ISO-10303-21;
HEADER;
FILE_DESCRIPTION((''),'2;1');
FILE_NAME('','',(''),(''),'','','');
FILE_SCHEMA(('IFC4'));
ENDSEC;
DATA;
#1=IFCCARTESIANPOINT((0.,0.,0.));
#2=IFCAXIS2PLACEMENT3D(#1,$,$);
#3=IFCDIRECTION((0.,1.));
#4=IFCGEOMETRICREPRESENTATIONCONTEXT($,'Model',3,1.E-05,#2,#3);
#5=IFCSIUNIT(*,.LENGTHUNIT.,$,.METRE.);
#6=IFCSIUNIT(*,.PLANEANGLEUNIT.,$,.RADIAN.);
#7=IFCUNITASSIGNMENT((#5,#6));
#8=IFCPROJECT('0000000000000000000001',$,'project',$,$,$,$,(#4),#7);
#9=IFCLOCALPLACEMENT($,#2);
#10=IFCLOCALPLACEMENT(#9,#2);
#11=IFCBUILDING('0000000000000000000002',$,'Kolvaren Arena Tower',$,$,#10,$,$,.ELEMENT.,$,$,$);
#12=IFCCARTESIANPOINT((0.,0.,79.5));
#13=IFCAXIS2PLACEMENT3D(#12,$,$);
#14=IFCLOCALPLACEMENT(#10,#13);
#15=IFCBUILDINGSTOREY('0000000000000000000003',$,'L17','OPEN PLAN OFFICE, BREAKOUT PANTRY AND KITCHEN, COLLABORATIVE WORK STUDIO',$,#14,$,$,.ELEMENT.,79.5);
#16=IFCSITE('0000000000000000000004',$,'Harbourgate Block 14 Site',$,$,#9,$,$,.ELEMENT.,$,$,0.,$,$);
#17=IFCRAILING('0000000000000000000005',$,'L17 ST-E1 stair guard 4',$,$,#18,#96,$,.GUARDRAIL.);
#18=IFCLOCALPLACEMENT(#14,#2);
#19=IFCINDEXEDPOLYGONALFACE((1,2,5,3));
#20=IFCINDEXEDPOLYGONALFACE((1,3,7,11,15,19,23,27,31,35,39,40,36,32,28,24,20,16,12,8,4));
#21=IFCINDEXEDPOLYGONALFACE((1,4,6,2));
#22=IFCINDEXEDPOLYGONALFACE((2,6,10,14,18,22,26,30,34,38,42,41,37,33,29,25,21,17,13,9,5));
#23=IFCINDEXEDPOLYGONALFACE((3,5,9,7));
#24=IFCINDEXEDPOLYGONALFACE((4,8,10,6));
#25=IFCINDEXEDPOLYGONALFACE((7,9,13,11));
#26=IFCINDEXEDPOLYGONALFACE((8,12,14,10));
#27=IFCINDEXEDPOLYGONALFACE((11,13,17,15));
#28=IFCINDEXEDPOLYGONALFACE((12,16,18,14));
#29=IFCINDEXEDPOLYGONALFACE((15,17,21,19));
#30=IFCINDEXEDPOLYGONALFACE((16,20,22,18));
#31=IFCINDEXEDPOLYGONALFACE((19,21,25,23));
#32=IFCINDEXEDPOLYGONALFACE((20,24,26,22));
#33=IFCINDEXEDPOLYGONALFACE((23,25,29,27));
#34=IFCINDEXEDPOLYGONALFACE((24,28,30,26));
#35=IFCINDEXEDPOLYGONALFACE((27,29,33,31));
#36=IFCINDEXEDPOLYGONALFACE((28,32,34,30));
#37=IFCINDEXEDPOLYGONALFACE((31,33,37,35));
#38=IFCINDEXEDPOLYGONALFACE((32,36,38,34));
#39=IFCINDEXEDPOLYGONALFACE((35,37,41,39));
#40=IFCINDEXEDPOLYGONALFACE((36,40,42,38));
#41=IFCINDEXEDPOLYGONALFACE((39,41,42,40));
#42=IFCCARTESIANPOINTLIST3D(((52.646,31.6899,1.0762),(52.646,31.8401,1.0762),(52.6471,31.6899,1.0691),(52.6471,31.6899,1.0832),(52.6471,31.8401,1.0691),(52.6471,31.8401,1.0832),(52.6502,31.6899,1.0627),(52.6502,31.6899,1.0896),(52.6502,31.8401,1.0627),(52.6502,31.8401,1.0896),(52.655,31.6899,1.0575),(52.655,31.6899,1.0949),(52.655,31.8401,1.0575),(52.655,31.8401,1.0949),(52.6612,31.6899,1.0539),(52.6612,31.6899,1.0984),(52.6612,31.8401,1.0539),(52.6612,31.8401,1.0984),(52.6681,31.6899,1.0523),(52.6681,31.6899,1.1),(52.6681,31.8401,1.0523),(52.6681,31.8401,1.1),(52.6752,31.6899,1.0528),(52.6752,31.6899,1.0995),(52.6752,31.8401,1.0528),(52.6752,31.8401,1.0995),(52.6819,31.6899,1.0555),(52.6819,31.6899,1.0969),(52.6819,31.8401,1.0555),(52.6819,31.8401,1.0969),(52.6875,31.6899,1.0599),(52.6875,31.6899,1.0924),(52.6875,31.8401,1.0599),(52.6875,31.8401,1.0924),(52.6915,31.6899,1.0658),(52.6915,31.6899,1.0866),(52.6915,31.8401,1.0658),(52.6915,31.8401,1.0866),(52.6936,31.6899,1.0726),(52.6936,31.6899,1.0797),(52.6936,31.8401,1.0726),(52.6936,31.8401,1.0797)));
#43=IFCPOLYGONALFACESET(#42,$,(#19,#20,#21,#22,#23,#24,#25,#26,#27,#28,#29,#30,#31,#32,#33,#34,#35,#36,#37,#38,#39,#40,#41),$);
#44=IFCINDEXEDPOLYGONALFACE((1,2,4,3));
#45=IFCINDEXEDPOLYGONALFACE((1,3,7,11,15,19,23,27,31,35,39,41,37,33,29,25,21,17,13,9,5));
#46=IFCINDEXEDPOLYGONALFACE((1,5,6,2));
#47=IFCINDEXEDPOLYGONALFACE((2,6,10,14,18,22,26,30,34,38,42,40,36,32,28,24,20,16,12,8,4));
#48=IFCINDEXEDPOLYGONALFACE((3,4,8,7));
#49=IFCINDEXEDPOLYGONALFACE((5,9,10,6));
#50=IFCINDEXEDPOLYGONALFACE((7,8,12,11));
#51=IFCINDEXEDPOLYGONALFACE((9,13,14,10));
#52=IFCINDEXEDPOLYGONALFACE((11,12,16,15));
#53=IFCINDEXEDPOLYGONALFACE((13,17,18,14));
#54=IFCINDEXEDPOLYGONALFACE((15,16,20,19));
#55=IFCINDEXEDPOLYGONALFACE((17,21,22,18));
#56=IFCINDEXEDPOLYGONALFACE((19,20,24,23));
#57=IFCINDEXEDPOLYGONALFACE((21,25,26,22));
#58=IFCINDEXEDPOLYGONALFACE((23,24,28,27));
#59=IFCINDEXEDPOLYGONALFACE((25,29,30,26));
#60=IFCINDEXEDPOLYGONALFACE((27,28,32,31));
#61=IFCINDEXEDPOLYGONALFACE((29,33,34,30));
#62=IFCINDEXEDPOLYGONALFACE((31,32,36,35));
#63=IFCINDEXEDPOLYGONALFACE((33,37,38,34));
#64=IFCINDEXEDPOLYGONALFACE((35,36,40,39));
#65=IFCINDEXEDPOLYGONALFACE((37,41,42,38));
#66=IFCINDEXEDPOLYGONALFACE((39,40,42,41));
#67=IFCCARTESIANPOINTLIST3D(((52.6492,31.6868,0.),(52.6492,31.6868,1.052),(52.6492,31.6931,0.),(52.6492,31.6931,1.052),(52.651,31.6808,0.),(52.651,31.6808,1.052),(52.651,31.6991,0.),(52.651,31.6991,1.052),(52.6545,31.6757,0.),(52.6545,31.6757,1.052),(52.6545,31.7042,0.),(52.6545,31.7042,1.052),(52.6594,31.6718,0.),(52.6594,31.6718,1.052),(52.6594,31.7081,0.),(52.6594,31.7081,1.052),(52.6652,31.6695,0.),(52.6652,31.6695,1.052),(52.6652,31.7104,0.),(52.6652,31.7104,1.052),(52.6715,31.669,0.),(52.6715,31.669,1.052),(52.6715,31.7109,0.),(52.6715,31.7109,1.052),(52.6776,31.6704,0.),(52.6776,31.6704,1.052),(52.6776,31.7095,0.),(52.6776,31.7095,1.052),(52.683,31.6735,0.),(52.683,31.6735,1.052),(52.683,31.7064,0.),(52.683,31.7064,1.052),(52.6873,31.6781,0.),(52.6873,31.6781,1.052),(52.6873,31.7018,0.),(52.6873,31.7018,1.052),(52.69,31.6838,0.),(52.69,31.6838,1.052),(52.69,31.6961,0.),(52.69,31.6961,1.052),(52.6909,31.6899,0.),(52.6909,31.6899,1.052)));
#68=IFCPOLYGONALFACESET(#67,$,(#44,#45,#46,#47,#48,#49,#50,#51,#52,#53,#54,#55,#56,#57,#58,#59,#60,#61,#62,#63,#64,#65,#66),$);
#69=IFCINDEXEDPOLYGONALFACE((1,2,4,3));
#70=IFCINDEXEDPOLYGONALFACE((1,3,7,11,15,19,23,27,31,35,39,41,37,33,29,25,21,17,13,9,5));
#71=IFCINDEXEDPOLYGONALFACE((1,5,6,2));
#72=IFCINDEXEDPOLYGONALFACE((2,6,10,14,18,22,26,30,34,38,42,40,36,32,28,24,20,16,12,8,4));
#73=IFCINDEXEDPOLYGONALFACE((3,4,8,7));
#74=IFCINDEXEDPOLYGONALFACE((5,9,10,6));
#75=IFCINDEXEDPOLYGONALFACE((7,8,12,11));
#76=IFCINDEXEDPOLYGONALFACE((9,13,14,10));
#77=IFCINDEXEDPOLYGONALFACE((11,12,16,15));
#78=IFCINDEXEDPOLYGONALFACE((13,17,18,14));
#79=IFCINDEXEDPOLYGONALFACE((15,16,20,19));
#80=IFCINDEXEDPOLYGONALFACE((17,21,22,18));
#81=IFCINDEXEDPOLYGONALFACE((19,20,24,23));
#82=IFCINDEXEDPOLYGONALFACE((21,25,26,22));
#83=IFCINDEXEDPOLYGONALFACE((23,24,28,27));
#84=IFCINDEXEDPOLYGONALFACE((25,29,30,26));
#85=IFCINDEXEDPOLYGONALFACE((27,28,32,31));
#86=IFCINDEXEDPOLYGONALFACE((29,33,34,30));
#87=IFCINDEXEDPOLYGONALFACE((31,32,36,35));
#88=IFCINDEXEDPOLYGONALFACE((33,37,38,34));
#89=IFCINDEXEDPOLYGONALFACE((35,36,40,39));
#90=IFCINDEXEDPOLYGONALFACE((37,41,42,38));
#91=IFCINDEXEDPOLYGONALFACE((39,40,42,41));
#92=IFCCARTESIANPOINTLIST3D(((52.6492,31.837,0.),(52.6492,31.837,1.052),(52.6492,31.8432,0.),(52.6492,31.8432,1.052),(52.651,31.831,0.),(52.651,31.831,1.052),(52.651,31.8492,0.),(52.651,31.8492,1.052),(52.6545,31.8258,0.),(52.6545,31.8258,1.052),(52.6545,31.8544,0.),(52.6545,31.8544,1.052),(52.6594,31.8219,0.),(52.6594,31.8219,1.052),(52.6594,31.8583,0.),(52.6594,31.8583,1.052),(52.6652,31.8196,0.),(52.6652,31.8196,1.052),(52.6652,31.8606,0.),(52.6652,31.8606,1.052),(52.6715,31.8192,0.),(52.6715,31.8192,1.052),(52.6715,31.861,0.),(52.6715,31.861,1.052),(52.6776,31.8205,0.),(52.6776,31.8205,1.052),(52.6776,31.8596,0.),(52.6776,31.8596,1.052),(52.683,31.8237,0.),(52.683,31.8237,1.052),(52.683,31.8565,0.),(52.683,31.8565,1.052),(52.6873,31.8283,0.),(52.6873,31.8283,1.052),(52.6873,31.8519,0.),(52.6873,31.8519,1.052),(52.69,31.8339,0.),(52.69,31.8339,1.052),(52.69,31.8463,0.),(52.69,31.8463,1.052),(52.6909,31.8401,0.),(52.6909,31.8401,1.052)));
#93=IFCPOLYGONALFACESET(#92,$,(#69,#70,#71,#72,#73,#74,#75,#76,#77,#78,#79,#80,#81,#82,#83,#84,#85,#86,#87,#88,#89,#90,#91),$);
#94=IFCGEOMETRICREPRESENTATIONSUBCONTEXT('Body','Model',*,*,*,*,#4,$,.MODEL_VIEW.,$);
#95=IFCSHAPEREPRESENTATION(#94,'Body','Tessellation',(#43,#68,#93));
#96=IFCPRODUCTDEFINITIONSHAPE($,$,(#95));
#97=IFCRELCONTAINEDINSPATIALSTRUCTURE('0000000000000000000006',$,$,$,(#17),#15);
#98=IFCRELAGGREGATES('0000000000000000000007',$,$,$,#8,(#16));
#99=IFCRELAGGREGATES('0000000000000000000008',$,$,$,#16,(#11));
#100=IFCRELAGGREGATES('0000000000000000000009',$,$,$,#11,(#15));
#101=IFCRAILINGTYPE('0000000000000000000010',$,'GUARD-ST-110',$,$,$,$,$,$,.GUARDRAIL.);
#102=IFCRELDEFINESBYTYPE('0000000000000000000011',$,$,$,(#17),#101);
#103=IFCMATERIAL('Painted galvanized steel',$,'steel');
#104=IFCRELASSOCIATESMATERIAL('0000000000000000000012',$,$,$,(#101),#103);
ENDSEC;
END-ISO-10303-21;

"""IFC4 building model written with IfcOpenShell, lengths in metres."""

from ifc_helpers import new_model, si_unit, direction, frame, origin, origin_2d, place, context, subcontext, project, spatial, circle, extrude, material, type_object, element, save


model = new_model("IFC4")

# Units and contexts
model_context = context("Model", 3, precision=1e-05, world=origin(), true_north=direction((0.0, 1.0)))
body_context = subcontext(model_context, "Body", "Model", "MODEL_VIEW")
ifc_project = project(units=[si_unit("LENGTHUNIT", "METRE"), si_unit("PLANEANGLEUNIT", "RADIAN")], contexts=[model_context])

# Site, building, storey
site_placement = place(None, origin())
site = spatial("IfcSite", under=ifc_project, at=site_placement, Name="Harbourgate Block 14 Site", CompositionType="ELEMENT", RefElevation=0.0)
building_placement = place(site_placement, origin())
building = spatial("IfcBuilding", under=site, at=building_placement, Name="Kolvaren Arena Tower", CompositionType="ELEMENT")
storey_placement = place(building_placement, frame((0.0, 0.0, 79.5)))
storey = spatial("IfcBuildingStorey", under=building, at=storey_placement, Name="L17", Description="OPEN PLAN OFFICE, BREAKOUT PANTRY AND KITCHEN, COLLABORATIVE WORK STUDIO", CompositionType="ELEMENT", Elevation=79.5)

# Railing
ifc_material_1 = material(Name="Painted galvanized steel", Category="steel")
railing_type_1 = type_object("IfcRailingType", Name="GUARD-ST-110", PredefinedType="GUARDRAIL", material=ifc_material_1)
railing_1_placement = place(storey_placement, frame((52.6699, 31.6899, 0.0)))
element("IfcRailing", 1, at=railing_1_placement, inside=storey, type_object=railing_type_1, Name="L17 ST-E1 stair guard 4", PredefinedType="GUARDRAIL", context=body_context, shape_type="SweptSolid", body=[
    extrude(circle(Radius=0.0239, at=origin_2d()), frame((0.0, 0.0, 1.0762), z_axis=(0.0, 1.0, 0.0), x_axis=(-1.0, 0.0, 0.0)), (0.0, 0.0, 1.0), 0.1501),
    extrude(circle(Radius=0.021, at=origin_2d()), origin(), (0.0, 0.0, 1.0), 1.052),
    extrude(circle(Radius=0.021, at=origin_2d()), frame((0.0, 0.1501, 0.0)), (0.0, 0.0, 1.0), 1.052),
])

save(model, "model.ifc")
